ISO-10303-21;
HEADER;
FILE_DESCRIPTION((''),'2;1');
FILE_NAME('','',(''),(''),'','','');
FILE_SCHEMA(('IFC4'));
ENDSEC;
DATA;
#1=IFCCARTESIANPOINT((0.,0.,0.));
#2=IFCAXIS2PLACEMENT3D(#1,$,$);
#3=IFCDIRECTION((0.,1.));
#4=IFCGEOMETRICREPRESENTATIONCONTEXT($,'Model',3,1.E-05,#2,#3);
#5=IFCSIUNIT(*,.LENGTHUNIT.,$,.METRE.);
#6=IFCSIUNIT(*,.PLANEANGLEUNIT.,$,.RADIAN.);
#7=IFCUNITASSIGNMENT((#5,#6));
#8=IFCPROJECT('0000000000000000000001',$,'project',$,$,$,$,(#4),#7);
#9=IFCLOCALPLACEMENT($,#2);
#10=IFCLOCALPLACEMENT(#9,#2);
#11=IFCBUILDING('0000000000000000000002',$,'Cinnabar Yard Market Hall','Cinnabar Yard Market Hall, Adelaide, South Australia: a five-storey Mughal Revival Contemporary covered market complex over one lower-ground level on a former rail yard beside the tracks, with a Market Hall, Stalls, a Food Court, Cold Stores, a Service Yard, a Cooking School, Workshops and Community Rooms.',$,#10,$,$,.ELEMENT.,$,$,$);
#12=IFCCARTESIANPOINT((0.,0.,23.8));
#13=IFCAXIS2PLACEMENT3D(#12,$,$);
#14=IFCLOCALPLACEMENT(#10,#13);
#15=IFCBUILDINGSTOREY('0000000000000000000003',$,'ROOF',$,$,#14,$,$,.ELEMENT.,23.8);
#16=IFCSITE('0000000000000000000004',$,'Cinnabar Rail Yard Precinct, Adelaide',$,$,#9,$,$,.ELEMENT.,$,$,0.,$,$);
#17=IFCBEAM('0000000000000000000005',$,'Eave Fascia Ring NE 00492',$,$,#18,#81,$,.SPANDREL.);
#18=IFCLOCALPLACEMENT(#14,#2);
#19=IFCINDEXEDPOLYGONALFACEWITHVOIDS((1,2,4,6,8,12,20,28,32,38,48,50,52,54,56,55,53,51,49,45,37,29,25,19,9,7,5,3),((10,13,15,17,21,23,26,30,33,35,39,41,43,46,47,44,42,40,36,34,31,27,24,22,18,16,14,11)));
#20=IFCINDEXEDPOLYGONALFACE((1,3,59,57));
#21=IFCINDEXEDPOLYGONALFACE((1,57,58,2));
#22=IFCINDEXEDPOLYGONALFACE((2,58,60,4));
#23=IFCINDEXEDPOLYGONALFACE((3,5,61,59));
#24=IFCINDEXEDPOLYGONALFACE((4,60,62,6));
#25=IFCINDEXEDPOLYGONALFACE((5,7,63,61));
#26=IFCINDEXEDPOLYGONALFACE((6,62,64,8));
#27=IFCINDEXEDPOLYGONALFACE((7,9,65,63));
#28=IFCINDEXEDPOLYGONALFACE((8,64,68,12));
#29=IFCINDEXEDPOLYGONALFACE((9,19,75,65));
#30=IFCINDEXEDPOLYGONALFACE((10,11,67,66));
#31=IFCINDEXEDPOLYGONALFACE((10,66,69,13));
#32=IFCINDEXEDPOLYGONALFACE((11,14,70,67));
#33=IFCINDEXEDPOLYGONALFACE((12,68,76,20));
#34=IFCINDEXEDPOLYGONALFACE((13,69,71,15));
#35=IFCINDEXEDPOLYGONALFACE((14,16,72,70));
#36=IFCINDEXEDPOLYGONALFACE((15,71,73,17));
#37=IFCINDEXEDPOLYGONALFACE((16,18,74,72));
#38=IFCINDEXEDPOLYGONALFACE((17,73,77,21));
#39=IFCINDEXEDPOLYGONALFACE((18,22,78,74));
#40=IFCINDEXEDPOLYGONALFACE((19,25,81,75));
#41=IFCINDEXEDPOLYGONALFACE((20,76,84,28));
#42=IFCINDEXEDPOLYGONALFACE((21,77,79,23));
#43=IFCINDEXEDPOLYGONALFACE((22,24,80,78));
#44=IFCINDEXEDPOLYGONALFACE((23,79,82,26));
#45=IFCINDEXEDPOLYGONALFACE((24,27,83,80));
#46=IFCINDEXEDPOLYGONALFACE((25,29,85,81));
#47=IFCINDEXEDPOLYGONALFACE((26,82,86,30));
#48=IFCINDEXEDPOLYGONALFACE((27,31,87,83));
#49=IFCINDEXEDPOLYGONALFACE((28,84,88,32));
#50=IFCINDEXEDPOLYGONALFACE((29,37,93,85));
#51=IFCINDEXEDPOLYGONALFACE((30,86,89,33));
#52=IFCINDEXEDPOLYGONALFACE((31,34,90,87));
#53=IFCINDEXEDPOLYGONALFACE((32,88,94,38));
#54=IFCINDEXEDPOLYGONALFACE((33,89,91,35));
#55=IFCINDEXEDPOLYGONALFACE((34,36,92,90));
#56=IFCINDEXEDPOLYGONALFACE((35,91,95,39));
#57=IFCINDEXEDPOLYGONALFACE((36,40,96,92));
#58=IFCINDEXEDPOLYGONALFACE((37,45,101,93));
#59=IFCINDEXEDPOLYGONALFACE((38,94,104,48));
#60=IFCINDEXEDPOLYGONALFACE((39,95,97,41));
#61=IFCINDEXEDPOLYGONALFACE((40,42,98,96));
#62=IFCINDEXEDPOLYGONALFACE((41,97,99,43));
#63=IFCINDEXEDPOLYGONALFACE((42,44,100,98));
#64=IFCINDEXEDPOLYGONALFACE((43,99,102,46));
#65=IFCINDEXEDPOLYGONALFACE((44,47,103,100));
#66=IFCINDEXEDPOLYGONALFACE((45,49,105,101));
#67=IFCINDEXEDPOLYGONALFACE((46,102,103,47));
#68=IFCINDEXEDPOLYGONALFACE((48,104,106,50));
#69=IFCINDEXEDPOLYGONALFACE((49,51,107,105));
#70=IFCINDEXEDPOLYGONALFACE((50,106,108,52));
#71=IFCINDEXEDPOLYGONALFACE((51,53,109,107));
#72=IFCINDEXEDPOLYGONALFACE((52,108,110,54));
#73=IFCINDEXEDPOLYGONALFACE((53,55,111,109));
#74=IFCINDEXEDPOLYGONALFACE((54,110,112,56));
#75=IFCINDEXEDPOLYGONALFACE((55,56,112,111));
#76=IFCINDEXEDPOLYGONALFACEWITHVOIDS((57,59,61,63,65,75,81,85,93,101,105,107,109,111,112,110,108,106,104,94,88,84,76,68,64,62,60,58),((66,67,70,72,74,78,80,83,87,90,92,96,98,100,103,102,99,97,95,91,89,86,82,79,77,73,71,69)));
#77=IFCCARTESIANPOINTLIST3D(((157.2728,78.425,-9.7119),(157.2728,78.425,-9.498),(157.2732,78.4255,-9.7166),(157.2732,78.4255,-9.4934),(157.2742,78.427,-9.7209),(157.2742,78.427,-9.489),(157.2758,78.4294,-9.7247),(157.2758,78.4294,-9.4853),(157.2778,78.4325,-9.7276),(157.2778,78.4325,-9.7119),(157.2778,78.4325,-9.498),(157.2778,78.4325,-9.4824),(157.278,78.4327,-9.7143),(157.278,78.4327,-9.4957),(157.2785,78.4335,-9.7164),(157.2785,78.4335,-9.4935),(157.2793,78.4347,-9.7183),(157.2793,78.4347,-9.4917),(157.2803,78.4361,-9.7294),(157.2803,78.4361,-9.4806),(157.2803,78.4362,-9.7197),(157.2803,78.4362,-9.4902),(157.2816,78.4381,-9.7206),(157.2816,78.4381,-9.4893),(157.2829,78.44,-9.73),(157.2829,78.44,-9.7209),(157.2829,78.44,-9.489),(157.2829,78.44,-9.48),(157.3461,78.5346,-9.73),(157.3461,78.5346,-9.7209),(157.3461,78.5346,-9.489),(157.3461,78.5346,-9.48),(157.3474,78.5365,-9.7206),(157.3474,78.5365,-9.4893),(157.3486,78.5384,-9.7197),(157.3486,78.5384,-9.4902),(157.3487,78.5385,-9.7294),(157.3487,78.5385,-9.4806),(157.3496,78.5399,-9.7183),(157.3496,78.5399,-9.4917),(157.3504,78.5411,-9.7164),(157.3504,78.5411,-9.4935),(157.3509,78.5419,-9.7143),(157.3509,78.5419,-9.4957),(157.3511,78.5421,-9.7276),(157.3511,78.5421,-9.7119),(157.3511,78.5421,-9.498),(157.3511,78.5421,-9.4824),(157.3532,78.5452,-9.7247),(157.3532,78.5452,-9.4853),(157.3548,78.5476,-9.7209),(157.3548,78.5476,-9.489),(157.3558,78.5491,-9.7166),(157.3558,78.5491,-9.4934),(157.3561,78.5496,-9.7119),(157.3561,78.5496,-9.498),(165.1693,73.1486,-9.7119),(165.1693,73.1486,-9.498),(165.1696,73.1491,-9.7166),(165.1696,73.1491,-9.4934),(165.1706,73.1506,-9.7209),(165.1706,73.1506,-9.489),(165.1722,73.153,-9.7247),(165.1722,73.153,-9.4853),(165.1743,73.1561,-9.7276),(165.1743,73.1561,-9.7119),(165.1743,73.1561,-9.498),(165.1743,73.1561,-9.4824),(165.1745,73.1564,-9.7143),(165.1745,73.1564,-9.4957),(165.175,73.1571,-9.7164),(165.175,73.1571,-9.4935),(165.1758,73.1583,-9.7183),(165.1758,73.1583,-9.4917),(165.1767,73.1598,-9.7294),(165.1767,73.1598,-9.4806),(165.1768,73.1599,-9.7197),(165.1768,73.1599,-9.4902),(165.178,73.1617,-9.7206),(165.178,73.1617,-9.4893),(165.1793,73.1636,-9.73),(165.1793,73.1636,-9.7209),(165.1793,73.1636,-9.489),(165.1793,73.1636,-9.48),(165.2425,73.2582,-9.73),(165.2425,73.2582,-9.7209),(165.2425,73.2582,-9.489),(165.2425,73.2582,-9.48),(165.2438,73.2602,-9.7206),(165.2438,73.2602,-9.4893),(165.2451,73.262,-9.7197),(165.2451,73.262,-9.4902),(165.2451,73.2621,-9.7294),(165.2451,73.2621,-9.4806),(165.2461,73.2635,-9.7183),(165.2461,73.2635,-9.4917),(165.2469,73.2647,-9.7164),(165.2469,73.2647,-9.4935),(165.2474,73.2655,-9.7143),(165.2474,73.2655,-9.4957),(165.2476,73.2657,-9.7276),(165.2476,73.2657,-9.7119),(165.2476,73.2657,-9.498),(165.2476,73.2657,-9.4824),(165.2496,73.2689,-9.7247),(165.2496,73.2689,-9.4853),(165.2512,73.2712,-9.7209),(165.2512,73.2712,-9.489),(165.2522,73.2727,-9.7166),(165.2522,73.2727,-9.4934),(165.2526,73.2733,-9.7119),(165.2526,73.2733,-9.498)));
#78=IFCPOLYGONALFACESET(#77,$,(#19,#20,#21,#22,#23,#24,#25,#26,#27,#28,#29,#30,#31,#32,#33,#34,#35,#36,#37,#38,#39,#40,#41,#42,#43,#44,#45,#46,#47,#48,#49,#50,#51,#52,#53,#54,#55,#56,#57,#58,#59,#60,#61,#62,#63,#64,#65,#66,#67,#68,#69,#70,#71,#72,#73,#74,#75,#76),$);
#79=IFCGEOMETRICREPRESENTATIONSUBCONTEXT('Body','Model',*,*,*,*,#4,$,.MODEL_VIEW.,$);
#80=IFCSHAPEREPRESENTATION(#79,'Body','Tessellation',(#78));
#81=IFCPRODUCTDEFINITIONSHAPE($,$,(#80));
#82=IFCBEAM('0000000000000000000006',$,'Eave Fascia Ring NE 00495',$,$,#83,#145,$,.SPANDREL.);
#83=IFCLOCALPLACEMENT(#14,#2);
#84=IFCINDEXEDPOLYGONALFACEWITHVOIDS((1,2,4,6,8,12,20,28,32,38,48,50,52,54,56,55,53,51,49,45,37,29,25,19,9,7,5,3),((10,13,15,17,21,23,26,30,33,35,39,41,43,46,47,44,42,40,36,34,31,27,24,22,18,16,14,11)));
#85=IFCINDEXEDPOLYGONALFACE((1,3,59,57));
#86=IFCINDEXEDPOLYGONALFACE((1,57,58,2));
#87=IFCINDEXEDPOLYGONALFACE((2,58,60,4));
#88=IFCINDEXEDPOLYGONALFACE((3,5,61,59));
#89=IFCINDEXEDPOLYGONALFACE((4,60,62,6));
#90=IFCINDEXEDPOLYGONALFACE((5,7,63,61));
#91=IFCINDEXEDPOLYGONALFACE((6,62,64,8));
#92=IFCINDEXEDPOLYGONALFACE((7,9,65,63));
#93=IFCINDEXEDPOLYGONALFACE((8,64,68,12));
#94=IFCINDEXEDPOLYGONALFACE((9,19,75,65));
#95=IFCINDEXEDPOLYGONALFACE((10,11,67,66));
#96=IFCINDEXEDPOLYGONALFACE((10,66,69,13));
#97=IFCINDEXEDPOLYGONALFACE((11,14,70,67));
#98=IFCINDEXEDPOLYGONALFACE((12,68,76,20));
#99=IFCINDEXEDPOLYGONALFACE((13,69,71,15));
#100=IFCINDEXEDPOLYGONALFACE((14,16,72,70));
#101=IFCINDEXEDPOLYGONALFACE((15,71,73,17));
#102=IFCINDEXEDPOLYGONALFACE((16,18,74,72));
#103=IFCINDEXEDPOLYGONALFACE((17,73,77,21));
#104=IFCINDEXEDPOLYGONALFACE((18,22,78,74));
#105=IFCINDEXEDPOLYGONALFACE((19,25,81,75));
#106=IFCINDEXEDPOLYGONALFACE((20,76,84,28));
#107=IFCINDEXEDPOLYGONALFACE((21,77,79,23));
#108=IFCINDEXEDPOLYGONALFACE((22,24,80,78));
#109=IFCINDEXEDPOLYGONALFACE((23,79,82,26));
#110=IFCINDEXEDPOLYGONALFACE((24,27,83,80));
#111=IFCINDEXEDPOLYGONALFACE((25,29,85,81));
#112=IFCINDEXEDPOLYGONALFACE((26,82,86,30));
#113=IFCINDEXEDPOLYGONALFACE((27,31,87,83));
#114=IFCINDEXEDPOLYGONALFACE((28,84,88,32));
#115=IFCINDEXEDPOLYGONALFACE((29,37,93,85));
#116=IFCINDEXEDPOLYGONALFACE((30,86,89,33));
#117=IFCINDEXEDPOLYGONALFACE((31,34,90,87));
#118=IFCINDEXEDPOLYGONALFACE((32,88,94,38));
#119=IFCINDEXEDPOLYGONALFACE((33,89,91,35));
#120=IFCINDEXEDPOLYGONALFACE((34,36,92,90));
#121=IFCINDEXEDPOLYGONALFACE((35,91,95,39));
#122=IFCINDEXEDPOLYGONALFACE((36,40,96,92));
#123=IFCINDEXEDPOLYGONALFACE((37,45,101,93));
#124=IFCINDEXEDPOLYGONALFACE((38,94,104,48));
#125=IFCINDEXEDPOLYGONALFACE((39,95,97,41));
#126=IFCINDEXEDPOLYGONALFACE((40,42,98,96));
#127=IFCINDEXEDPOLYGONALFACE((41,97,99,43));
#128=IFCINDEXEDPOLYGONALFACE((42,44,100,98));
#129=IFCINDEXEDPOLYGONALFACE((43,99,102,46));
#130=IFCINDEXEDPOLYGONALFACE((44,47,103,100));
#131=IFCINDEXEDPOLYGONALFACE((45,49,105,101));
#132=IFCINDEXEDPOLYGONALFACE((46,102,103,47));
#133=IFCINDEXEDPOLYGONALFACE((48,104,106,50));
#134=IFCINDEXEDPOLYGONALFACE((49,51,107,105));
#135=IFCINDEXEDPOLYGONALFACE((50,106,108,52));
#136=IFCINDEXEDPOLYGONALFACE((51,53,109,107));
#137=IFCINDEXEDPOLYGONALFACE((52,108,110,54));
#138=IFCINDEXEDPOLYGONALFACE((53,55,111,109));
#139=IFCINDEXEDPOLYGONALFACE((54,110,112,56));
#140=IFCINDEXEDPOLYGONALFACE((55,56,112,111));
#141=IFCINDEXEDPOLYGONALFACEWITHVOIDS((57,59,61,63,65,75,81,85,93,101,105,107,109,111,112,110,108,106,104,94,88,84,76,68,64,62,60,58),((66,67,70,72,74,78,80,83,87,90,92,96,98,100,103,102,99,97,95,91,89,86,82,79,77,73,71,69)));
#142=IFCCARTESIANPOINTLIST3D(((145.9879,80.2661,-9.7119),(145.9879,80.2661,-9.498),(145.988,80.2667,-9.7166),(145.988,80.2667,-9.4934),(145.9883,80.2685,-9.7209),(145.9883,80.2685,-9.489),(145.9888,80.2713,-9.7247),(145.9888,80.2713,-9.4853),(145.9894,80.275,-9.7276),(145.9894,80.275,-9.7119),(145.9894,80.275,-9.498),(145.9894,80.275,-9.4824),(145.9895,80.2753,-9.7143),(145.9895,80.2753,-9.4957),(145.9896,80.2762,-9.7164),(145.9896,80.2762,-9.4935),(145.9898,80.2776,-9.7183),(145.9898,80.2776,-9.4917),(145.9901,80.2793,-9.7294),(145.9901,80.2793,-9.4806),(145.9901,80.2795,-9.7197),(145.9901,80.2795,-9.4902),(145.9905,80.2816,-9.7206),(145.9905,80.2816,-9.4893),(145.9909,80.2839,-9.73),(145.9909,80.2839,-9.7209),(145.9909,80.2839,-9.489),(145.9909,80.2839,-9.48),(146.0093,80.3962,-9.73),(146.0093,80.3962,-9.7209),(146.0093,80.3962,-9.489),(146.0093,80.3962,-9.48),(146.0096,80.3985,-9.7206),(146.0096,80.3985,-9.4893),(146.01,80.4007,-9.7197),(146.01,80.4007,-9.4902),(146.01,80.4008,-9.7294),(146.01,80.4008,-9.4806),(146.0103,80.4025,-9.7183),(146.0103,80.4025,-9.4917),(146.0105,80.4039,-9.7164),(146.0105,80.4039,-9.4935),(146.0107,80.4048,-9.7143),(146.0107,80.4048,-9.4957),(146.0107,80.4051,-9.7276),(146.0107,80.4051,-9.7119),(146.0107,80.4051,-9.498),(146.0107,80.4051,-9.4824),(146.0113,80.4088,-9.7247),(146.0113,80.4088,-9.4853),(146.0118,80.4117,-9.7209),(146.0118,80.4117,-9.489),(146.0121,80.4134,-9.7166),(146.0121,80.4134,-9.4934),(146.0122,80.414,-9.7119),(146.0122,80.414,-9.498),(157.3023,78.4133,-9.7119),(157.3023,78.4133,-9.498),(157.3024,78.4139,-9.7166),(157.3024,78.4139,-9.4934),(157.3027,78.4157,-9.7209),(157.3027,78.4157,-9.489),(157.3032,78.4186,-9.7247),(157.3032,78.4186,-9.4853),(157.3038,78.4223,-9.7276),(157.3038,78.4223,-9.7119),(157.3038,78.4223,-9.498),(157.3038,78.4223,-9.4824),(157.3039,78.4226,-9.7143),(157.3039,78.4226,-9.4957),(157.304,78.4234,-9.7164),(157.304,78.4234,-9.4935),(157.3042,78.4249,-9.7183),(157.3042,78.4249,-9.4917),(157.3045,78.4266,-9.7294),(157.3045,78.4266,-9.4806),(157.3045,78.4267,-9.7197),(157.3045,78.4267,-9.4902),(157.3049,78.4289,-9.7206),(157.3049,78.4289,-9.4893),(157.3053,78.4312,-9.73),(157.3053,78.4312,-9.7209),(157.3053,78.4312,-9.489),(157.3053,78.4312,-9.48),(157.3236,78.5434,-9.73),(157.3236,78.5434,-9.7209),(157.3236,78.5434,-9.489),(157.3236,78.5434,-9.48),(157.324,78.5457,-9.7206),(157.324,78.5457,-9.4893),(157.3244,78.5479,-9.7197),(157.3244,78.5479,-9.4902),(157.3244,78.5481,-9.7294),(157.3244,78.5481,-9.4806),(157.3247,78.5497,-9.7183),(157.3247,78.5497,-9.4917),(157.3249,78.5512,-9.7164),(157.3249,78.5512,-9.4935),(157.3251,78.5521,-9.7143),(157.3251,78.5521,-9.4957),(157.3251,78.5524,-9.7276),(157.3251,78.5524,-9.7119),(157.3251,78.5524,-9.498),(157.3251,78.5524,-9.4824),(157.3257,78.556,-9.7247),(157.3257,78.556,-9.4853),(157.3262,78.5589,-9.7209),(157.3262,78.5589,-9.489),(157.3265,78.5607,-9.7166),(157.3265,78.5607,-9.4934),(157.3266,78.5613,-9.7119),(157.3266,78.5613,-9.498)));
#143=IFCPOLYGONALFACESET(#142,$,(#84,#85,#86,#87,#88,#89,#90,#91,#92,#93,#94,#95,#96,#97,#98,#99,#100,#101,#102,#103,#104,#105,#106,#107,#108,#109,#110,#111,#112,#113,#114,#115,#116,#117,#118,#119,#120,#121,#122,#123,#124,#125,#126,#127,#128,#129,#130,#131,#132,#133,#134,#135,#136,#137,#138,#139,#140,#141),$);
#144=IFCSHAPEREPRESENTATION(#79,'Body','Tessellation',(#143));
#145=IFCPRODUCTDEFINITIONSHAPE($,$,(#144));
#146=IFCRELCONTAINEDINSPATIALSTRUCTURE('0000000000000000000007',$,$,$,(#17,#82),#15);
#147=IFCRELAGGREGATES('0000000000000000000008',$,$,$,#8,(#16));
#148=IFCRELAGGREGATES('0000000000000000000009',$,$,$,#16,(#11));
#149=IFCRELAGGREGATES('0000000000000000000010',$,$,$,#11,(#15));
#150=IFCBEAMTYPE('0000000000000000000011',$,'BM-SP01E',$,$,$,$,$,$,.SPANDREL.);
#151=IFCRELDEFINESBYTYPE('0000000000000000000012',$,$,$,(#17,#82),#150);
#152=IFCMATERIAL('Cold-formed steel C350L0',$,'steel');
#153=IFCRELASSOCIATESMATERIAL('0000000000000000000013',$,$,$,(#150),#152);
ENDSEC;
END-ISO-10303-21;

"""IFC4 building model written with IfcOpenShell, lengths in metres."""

from ifc_helpers import new_model, si_unit, direction, frame, origin, origin_2d_with_axis, place, context, subcontext, project, spatial, hollow_rectangle, extrude, material, material_profile, profile_set, type_object, element, save


model = new_model("IFC4")

# Units and contexts
model_context = context("Model", 3, precision=1e-05, world=origin(), true_north=direction((0.0, 1.0)))
body_context = subcontext(model_context, "Body", "Model", "MODEL_VIEW")
ifc_project = project(units=[si_unit("LENGTHUNIT", "METRE"), si_unit("PLANEANGLEUNIT", "RADIAN")], contexts=[model_context])

# Site, building, storey
site_placement = place(None, origin())
site = spatial("IfcSite", under=ifc_project, at=site_placement, Name="Cinnabar Rail Yard Precinct, Adelaide", CompositionType="ELEMENT", RefElevation=0.0)
building_placement = place(site_placement, origin())
building = spatial("IfcBuilding", under=site, at=building_placement, Name="Cinnabar Yard Market Hall", Description="Cinnabar Yard Market Hall, Adelaide, South Australia: a five-storey Mughal Revival Contemporary covered market complex over one lower-ground level on a former rail yard beside the tracks, with a Market Hall, Stalls, a Food Court, Cold Stores, a Service Yard, a Cooking School, Workshops and Community Rooms.", CompositionType="ELEMENT")
storey_placement = place(building_placement, frame((0.0, 0.0, 23.8)))
storey = spatial("IfcBuildingStorey", under=building, at=storey_placement, Name="ROOF", CompositionType="ELEMENT", Elevation=23.8)

# Beams
ifc_material_1 = material(Name="Cold-formed steel C350L0", Category="steel")
ifc_material_profile_1 = material_profile(ifc_material_1, hollow_rectangle(XDim=0.1499, YDim=0.25, WallThickness=0.009, InnerFilletRadius=0.009, OuterFilletRadius=0.0181, at=origin_2d_with_axis()), Name="250x150x9.0RHS")
ifc_profile_set_1 = profile_set([ifc_material_profile_1], Name="Cold-formed steel C350L0")
beam_type_1 = type_object("IfcBeamType", Name="BM-SP01E", PredefinedType="SPANDREL", material=ifc_profile_set_1)
beam_1_placement = place(storey_placement, frame((165.2109, 73.2109, -9.605), z_axis=(-0.831465, 0.555578, 0.0), x_axis=(-0.555578, -0.831465, 0.0)))
element("IfcBeam", 1, at=beam_1_placement, inside=storey, type_object=beam_type_1, Name="Eave Fascia Ring NE 00492", PredefinedType="SPANDREL", context=body_context, shape_type="SweptSolid", body=[
    extrude(hollow_rectangle(XDim=0.1499, YDim=0.25, WallThickness=0.009, InnerFilletRadius=0.009, OuterFilletRadius=0.0181, at=origin_2d_with_axis()), origin(), (0.0, 0.0, 1.0), 9.4971),
])
beam_2_placement = place(storey_placement, frame((157.3145, 78.4873, -9.605), z_axis=(-0.986856, 0.161601, 0.0), x_axis=(-0.161601, -0.986856, 0.0)))
element("IfcBeam", 2, at=beam_2_placement, inside=storey, type_object=beam_type_1, Name="Eave Fascia Ring NE 00495", PredefinedType="SPANDREL", context=body_context, shape_type="SweptSolid", body=[
    extrude(hollow_rectangle(XDim=0.1499, YDim=0.25, WallThickness=0.009, InnerFilletRadius=0.009, OuterFilletRadius=0.0181, at=origin_2d_with_axis()), origin(), (0.0, 0.0, 1.0), 11.4651),
])

save(model, "model.ifc")
